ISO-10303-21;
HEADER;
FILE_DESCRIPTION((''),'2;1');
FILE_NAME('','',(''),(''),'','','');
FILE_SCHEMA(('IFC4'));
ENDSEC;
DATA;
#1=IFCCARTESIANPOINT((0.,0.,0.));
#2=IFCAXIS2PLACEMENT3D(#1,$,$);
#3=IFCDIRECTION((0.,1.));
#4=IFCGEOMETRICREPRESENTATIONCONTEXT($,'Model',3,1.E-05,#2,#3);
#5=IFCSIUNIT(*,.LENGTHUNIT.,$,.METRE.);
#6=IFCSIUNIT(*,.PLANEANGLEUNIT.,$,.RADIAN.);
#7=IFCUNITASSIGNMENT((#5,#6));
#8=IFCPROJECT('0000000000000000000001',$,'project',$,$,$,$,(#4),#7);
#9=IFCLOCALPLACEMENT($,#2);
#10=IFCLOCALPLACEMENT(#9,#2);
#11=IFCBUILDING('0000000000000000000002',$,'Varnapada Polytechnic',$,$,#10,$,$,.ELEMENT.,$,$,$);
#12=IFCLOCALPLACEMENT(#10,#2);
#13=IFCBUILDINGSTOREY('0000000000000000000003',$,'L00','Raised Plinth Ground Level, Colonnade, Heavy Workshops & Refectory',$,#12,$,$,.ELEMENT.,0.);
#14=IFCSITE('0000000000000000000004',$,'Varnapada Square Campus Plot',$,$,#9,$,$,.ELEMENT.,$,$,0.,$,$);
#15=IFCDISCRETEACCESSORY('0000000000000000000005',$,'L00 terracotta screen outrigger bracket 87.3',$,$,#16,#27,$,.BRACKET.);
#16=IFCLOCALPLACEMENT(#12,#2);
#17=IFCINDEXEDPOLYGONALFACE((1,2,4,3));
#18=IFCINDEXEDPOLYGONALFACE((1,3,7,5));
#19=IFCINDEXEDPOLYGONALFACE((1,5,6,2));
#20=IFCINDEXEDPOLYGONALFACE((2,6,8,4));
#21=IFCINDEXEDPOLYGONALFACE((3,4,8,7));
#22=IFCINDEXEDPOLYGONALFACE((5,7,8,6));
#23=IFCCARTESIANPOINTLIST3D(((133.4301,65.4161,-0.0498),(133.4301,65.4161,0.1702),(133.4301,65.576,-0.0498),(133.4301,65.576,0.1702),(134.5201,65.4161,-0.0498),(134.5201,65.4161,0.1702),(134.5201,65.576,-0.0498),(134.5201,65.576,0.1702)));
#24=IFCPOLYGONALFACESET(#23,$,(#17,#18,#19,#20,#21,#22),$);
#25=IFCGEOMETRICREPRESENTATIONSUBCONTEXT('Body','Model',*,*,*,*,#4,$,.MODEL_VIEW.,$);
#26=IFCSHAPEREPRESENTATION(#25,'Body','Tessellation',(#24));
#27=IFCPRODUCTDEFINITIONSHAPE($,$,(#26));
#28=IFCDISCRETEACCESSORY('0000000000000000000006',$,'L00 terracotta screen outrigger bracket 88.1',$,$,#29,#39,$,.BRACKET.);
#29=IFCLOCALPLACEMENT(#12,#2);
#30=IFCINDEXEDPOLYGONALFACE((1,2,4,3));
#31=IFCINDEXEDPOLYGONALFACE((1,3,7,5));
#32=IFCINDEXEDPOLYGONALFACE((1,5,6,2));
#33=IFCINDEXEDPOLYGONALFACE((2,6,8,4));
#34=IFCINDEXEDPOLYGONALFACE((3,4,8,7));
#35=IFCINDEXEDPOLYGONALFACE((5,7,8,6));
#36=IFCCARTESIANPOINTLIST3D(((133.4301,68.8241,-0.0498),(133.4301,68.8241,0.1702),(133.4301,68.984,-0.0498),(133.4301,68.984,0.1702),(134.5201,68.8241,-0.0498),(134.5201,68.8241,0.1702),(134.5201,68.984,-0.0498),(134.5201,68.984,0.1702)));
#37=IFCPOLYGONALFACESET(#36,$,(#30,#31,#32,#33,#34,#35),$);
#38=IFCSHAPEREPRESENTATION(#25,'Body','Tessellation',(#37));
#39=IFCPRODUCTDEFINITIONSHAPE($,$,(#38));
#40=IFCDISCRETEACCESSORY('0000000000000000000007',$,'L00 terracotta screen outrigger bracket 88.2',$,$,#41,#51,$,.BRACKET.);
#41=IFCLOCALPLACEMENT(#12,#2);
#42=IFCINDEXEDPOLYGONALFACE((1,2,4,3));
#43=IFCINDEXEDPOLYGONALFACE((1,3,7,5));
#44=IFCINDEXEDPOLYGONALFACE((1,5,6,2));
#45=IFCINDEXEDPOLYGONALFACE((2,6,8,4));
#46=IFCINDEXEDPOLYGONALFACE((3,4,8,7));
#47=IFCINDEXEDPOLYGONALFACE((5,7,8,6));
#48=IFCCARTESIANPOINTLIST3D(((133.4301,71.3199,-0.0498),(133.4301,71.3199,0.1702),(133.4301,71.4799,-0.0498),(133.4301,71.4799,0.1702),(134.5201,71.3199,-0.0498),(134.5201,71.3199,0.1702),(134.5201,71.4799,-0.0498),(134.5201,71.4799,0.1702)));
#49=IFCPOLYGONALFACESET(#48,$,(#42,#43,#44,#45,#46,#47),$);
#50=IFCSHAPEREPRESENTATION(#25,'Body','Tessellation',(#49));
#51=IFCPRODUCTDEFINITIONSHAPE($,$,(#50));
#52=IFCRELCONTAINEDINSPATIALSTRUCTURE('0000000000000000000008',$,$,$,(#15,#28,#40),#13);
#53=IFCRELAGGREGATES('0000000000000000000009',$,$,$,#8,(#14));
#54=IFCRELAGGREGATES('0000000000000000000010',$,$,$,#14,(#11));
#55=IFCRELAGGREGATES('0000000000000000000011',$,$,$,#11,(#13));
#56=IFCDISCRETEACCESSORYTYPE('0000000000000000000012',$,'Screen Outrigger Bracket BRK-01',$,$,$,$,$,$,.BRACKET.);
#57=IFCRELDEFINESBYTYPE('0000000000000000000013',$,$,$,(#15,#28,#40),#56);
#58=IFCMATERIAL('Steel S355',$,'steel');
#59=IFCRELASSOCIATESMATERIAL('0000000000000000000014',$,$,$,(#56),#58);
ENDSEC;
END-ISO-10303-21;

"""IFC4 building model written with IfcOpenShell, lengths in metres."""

from ifc_helpers import new_model, si_unit, direction, frame, origin, origin_2d, place, context, subcontext, project, spatial, rectangle, extrude, material, type_object, element, save


model = new_model("IFC4")

# Units and contexts
model_context = context("Model", 3, precision=1e-05, world=origin(), true_north=direction((0.0, 1.0)))
body_context = subcontext(model_context, "Body", "Model", "MODEL_VIEW")
ifc_project = project(units=[si_unit("LENGTHUNIT", "METRE"), si_unit("PLANEANGLEUNIT", "RADIAN")], contexts=[model_context])

# Site, building, storey
site_placement = place(None, origin())
site = spatial("IfcSite", under=ifc_project, at=site_placement, Name="Varnapada Square Campus Plot", CompositionType="ELEMENT", RefElevation=0.0)
building_placement = place(site_placement, origin())
building = spatial("IfcBuilding", under=site, at=building_placement, Name="Varnapada Polytechnic", CompositionType="ELEMENT")
storey_placement = place(building_placement, origin())
storey = spatial("IfcBuildingStorey", under=building, at=storey_placement, Name="L00", Description="Raised Plinth Ground Level, Colonnade, Heavy Workshops & Refectory", CompositionType="ELEMENT", Elevation=0.0)

# Discrete accessories
ifc_material_1 = material(Name="Steel S355", Category="steel")
discrete_accessory_type = type_object("IfcDiscreteAccessoryType", Name="Screen Outrigger Bracket BRK-01", PredefinedType="BRACKET", material=ifc_material_1)
for number, where, z_axis, x_axis, name in (
    (1, (133.9751, 65.4961, -0.0498), (0.0, 0.0, 1.0), (0.0, 1.0, 0.0), "L00 terracotta screen outrigger bracket 87.3"),
    (2, (133.9751, 68.9041, -0.0498), (0.0, 0.0, 1.0), (0.0, 1.0, 0.0), "L00 terracotta screen outrigger bracket 88.1"),
    (3, (133.9751, 71.3999, -0.0498), (0.0, 0.0, 1.0), (0.0, 1.0, 0.0), "L00 terracotta screen outrigger bracket 88.2"),
):
    element("IfcDiscreteAccessory", number, at=place(storey_placement, frame(where, z_axis=z_axis, x_axis=x_axis)), inside=storey, type_object=discrete_accessory_type, Name=name, PredefinedType="BRACKET", context=body_context, shape_type="SweptSolid", body=[
        extrude(rectangle(XDim=0.1599, YDim=1.0901, at=origin_2d()), origin(), (0.0, 0.0, 1.0), 0.22),
    ])

save(model, "model.ifc")
